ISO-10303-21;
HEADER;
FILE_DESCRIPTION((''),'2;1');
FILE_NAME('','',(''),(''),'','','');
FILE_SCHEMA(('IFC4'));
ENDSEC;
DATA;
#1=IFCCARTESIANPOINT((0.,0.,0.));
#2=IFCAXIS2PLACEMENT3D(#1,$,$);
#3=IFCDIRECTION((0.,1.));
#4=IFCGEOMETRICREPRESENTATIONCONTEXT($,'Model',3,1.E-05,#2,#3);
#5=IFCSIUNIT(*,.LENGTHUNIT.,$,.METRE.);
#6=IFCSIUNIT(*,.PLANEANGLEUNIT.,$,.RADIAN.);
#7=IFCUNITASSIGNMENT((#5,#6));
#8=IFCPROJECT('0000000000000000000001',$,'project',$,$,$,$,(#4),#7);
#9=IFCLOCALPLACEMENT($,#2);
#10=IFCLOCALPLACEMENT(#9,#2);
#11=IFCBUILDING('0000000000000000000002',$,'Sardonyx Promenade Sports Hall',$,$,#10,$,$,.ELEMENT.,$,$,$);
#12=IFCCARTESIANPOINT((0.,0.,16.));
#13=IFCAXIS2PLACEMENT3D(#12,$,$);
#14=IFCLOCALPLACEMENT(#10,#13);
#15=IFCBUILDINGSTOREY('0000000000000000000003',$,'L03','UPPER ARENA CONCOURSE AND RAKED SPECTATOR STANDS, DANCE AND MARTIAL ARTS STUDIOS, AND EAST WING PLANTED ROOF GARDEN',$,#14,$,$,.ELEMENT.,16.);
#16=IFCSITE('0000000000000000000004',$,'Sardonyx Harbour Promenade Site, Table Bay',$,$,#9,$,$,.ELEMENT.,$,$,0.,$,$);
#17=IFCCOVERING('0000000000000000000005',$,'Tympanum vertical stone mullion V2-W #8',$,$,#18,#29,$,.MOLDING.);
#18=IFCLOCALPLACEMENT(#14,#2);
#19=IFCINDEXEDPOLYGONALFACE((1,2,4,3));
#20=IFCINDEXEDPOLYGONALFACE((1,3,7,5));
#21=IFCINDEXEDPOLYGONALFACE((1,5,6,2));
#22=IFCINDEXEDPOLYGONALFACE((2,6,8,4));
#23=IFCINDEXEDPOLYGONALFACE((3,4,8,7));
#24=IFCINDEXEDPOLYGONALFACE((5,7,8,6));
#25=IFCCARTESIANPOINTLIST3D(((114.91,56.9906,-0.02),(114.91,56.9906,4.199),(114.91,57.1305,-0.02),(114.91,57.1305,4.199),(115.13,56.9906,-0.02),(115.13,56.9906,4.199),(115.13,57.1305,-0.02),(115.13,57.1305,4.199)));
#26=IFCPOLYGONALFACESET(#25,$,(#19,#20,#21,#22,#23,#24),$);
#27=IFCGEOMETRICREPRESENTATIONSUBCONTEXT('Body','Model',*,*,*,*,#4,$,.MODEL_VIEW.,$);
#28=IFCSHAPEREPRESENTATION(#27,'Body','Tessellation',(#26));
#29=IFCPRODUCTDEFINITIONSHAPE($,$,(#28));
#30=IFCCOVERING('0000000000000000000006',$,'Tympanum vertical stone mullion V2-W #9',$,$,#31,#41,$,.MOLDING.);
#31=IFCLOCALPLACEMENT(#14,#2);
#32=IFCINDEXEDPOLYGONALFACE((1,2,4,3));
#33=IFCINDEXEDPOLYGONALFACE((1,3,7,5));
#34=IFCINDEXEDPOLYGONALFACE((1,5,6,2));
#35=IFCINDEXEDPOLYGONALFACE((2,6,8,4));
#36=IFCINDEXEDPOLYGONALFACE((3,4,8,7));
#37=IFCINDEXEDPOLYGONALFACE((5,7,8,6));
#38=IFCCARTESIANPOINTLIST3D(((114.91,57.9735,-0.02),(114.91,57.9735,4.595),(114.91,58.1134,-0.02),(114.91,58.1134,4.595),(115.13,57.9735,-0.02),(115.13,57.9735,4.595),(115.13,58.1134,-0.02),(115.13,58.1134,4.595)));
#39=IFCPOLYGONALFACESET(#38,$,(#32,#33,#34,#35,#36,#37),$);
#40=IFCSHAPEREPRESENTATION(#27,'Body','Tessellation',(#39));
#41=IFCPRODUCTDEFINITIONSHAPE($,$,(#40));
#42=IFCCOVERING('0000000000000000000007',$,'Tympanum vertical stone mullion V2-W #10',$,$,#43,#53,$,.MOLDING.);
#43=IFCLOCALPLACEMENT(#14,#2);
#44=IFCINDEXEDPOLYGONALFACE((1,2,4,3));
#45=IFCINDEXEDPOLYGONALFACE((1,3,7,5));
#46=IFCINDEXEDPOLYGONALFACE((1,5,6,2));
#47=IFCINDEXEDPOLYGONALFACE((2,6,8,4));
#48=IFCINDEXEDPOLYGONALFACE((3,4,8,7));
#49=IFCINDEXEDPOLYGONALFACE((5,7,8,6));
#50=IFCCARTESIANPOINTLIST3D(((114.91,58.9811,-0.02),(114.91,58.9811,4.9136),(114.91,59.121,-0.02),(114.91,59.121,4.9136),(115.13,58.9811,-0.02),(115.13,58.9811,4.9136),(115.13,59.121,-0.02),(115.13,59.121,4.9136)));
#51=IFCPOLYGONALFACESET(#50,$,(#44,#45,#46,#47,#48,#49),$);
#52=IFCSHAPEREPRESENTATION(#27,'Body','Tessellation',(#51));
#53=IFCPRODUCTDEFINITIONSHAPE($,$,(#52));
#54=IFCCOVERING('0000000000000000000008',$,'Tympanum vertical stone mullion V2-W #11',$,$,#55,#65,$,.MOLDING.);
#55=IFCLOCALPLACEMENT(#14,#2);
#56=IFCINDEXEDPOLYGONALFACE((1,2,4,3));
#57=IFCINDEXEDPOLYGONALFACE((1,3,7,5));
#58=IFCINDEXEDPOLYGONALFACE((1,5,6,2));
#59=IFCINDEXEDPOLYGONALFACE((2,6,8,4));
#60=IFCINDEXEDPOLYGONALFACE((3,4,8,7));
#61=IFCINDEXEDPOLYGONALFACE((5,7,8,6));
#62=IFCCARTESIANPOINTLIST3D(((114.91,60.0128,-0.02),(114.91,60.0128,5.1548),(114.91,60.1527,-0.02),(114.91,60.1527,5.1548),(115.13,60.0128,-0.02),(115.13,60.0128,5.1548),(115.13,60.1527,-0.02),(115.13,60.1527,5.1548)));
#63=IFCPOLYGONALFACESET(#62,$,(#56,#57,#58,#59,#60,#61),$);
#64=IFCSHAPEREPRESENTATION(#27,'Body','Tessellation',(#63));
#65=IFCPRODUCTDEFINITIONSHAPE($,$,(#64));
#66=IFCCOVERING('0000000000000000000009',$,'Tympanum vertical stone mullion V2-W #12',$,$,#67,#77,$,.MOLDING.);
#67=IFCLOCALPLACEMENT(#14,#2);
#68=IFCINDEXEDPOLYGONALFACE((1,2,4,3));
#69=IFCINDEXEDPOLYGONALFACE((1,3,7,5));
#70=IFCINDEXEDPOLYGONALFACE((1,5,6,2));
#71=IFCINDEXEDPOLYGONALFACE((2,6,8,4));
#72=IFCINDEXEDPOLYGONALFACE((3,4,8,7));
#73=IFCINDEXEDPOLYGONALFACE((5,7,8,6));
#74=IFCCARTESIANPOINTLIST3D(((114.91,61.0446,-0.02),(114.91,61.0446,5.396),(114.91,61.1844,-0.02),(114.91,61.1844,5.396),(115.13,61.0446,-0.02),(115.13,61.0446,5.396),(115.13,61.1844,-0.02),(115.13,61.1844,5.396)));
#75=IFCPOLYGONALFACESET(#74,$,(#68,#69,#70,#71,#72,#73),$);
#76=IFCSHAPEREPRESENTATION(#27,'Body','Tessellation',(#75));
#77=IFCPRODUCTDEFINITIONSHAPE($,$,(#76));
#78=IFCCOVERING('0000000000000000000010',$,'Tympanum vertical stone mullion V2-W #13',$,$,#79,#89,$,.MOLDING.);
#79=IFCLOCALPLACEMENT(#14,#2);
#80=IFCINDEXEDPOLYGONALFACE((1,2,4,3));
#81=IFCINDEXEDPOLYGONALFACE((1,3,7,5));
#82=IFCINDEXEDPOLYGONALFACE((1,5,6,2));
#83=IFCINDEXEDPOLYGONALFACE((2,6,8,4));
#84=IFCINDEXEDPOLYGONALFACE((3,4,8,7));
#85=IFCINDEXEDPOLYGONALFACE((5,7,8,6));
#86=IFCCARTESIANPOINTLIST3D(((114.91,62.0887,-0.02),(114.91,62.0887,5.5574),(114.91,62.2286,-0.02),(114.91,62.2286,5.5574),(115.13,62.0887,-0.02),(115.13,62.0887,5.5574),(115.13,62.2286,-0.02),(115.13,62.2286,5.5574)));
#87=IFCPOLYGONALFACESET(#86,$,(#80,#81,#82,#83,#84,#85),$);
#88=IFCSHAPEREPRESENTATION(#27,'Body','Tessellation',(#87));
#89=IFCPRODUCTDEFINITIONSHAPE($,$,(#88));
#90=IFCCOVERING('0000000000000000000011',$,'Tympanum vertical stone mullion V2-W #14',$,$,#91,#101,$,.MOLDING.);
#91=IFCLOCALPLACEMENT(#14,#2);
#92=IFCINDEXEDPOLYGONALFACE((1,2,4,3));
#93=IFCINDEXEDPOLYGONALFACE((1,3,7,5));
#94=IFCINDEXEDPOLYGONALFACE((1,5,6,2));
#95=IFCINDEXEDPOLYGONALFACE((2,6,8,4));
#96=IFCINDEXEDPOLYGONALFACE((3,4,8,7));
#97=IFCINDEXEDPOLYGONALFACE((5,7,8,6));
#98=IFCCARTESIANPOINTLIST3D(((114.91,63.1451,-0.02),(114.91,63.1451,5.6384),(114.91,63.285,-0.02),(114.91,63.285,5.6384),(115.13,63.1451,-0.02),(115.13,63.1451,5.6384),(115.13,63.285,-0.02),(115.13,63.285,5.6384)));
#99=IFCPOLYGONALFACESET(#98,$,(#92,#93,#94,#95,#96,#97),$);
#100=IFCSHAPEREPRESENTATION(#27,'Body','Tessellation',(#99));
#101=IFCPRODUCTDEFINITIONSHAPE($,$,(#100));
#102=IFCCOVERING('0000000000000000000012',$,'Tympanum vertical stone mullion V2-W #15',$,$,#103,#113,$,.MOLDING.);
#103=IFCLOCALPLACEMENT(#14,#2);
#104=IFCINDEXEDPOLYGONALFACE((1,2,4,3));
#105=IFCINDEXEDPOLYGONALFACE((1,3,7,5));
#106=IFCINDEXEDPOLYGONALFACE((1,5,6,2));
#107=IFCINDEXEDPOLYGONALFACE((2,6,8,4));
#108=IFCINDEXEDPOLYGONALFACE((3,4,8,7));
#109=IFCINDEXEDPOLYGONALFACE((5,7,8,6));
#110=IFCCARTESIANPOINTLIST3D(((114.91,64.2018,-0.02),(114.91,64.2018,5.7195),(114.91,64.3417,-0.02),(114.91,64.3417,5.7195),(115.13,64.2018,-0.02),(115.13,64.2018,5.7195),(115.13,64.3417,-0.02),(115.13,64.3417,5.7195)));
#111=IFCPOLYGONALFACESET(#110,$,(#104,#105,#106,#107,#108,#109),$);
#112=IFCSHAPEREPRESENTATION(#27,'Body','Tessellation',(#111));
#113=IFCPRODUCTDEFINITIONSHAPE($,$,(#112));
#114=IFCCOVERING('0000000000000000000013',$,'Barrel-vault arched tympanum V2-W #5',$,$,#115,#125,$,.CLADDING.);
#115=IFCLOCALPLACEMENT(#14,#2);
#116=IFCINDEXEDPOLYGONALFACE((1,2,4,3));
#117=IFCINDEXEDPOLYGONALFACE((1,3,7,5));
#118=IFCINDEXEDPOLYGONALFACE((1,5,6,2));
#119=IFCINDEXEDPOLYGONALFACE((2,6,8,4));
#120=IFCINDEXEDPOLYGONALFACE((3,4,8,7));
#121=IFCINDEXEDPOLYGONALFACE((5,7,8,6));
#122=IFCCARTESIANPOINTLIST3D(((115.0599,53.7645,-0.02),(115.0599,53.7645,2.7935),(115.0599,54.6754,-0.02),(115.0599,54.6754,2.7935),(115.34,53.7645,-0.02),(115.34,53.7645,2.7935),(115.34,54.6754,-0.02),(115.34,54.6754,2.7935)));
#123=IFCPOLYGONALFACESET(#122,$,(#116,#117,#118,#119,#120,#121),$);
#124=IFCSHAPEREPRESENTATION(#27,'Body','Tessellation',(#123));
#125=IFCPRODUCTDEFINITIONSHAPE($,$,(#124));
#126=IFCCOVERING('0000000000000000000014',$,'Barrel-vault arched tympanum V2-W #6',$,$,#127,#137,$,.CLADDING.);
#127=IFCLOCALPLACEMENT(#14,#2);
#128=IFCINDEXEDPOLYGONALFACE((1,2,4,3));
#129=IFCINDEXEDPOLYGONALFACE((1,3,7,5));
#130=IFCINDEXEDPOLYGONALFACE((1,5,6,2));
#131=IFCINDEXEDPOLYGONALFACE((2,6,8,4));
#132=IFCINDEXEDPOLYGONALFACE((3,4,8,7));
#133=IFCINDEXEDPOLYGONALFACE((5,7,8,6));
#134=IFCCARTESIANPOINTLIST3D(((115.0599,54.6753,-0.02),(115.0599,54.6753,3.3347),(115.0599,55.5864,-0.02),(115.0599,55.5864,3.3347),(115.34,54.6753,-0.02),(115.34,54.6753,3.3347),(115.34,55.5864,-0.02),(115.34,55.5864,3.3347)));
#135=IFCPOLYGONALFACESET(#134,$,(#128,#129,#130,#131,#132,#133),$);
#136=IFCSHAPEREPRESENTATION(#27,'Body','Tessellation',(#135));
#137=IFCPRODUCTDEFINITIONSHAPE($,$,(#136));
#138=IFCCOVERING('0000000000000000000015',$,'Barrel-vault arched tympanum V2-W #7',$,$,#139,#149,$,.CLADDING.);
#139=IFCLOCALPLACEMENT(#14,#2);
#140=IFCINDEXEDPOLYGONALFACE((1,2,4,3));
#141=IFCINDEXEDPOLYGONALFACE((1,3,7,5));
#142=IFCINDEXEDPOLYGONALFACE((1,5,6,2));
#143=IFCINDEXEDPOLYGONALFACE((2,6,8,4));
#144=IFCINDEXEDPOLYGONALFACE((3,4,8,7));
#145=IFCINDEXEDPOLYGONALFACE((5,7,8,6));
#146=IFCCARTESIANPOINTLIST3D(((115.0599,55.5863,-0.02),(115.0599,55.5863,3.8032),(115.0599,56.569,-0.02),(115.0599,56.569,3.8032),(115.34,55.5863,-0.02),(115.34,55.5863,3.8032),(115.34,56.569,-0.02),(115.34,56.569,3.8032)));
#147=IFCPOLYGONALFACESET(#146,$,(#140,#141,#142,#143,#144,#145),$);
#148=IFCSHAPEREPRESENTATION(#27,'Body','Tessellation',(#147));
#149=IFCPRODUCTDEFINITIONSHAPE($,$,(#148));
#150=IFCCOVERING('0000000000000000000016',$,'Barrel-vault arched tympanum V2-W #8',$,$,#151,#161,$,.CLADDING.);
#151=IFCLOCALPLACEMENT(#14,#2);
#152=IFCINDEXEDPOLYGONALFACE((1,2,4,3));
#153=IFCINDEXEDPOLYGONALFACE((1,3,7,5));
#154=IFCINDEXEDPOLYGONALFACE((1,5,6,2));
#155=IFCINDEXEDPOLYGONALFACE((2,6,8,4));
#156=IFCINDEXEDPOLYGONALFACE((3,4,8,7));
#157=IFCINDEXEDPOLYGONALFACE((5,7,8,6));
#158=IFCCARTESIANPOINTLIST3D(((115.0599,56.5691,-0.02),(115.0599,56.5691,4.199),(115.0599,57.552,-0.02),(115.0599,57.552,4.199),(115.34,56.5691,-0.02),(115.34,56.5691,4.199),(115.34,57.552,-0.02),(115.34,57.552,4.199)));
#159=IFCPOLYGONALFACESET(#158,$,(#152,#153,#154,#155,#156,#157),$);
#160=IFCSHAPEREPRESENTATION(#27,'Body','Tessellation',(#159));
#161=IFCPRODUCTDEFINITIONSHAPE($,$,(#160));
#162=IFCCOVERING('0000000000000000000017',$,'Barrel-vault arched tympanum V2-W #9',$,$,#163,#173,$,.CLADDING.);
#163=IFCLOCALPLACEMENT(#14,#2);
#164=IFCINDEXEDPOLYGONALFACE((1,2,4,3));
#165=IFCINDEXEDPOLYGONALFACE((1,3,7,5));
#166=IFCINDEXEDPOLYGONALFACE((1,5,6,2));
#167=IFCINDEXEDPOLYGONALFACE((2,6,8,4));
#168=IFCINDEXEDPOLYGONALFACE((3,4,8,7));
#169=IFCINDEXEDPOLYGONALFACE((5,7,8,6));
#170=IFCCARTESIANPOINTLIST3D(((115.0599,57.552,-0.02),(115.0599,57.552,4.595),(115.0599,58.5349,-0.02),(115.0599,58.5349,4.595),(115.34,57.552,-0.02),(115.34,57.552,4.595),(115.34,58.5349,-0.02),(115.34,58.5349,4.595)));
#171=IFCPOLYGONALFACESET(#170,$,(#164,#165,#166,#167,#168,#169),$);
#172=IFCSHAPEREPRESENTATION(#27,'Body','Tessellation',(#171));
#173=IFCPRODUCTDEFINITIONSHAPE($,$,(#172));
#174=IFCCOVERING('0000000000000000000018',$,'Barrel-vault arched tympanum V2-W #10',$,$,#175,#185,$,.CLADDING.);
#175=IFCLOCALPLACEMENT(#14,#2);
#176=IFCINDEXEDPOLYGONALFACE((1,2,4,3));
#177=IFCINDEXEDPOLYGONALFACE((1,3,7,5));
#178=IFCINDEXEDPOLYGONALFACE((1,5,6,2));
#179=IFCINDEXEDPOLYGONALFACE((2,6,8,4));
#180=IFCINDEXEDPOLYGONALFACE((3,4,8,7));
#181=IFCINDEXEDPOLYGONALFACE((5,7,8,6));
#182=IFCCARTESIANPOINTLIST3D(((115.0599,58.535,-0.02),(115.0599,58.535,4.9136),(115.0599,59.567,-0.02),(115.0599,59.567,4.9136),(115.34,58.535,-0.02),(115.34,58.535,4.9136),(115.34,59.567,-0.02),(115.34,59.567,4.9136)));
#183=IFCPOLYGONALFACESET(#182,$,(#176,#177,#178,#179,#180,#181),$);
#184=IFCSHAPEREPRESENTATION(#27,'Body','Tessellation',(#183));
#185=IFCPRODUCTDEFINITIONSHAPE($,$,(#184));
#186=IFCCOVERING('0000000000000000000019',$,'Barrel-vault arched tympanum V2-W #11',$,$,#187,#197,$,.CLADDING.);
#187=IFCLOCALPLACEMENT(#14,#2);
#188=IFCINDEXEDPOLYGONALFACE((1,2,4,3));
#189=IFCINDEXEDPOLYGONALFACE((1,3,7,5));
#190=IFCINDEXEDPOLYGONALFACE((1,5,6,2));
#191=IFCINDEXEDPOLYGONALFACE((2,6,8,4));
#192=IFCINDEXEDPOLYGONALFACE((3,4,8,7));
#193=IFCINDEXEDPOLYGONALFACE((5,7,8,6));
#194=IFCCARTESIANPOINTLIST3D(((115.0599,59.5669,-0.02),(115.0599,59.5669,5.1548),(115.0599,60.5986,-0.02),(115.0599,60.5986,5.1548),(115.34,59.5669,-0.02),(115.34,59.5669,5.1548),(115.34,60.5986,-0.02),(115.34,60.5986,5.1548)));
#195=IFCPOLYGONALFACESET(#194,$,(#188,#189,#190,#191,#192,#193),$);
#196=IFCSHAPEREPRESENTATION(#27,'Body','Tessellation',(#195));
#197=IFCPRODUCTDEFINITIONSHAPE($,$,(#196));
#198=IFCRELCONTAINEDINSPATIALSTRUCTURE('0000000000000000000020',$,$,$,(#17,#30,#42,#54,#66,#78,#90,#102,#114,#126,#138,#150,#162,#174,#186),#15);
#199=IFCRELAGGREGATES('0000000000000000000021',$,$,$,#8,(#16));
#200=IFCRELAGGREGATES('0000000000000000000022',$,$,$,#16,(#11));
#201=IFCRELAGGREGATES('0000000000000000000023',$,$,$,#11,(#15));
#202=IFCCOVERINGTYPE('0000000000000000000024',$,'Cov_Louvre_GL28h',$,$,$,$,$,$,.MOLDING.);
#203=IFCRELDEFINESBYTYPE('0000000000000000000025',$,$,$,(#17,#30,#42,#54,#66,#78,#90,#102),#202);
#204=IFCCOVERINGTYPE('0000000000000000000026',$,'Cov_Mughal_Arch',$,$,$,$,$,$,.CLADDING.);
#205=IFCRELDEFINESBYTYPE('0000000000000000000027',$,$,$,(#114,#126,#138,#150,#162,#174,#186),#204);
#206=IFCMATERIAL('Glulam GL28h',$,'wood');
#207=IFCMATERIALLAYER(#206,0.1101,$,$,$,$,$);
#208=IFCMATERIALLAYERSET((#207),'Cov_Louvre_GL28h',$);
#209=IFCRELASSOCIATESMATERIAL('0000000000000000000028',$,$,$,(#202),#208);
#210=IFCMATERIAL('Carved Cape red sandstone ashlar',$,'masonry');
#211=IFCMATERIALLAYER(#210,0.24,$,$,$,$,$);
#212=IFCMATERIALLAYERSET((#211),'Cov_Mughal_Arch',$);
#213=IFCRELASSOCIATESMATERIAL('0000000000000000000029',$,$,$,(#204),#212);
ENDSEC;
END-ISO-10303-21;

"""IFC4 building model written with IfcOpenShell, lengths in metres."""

from ifc_helpers import new_model, si_unit, direction, frame, frame_2d, origin, origin_2d, place, context, subcontext, project, spatial, rectangle, extrude, material, layer, layer_set, type_object, element, save


model = new_model("IFC4")

# Units and contexts
model_context = context("Model", 3, precision=1e-05, world=origin(), true_north=direction((0.0, 1.0)))
body_context = subcontext(model_context, "Body", "Model", "MODEL_VIEW")
ifc_project = project(units=[si_unit("LENGTHUNIT", "METRE"), si_unit("PLANEANGLEUNIT", "RADIAN")], contexts=[model_context])

# Site, building, storey
site_placement = place(None, origin())
site = spatial("IfcSite", under=ifc_project, at=site_placement, Name="Sardonyx Harbour Promenade Site, Table Bay", CompositionType="ELEMENT", RefElevation=0.0)
building_placement = place(site_placement, origin())
building = spatial("IfcBuilding", under=site, at=building_placement, Name="Sardonyx Promenade Sports Hall", CompositionType="ELEMENT")
storey_placement = place(building_placement, frame((0.0, 0.0, 16.0)))
storey = spatial("IfcBuildingStorey", under=building, at=storey_placement, Name="L03", Description="UPPER ARENA CONCOURSE AND RAKED SPECTATOR STANDS, DANCE AND MARTIAL ARTS STUDIOS, AND EAST WING PLANTED ROOF GARDEN", CompositionType="ELEMENT", Elevation=16.0)

# Coverings
ifc_material_1 = material(Name="Glulam GL28h", Category="wood")
ifc_layer_1 = layer(ifc_material_1, 0.1101)
ifc_layer_set_1 = layer_set([ifc_layer_1], Name="Cov_Louvre_GL28h")
covering_type_1 = type_object("IfcCoveringType", Name="Cov_Louvre_GL28h", PredefinedType="MOLDING", material=ifc_layer_set_1)
covering_1_placement = place(storey_placement, frame((115.02, 57.0605, -0.02), z_axis=(0.0, 0.0, 1.0), x_axis=(1.0, 0.0, 0.0)))
element("IfcCovering", 1, at=covering_1_placement, inside=storey, type_object=covering_type_1, Name="Tympanum vertical stone mullion V2-W #8", PredefinedType="MOLDING", context=body_context, shape_type="SweptSolid", body=[
    extrude(rectangle(XDim=0.22, YDim=0.1399, at=origin_2d()), origin(), (0.0, 0.0, 1.0), 4.219),
])
covering_2_placement = place(storey_placement, frame((115.02, 58.0435, -0.02), z_axis=(0.0, 0.0, 1.0), x_axis=(1.0, 0.0, 0.0)))
element("IfcCovering", 2, at=covering_2_placement, inside=storey, type_object=covering_type_1, Name="Tympanum vertical stone mullion V2-W #9", PredefinedType="MOLDING", context=body_context, shape_type="SweptSolid", body=[
    extrude(rectangle(XDim=0.22, YDim=0.1399, at=origin_2d()), origin(), (0.0, 0.0, 1.0), 4.615),
])
covering_3_placement = place(storey_placement, frame((115.02, 59.051, -0.02), z_axis=(0.0, 0.0, 1.0), x_axis=(1.0, 0.0, 0.0)))
element("IfcCovering", 3, at=covering_3_placement, inside=storey, type_object=covering_type_1, Name="Tympanum vertical stone mullion V2-W #10", PredefinedType="MOLDING", context=body_context, shape_type="SweptSolid", body=[
    extrude(rectangle(XDim=0.22, YDim=0.1399, at=origin_2d()), origin(), (0.0, 0.0, 1.0), 4.9336),
])
covering_4_placement = place(storey_placement, frame((115.02, 60.0828, -0.02), z_axis=(0.0, 0.0, 1.0), x_axis=(1.0, 0.0, 0.0)))
element("IfcCovering", 4, at=covering_4_placement, inside=storey, type_object=covering_type_1, Name="Tympanum vertical stone mullion V2-W #11", PredefinedType="MOLDING", context=body_context, shape_type="SweptSolid", body=[
    extrude(rectangle(XDim=0.22, YDim=0.1399, at=origin_2d()), origin(), (0.0, 0.0, 1.0), 5.1748),
])
covering_5_placement = place(storey_placement, frame((115.02, 61.1145, -0.02), z_axis=(0.0, 0.0, 1.0), x_axis=(1.0, 0.0, 0.0)))
element("IfcCovering", 5, at=covering_5_placement, inside=storey, type_object=covering_type_1, Name="Tympanum vertical stone mullion V2-W #12", PredefinedType="MOLDING", context=body_context, shape_type="SweptSolid", body=[
    extrude(rectangle(XDim=0.22, YDim=0.1399, at=origin_2d()), origin(), (0.0, 0.0, 1.0), 5.416),
])
covering_6_placement = place(storey_placement, frame((115.02, 62.1587, -0.02), z_axis=(0.0, 0.0, 1.0), x_axis=(1.0, 0.0, 0.0)))
element("IfcCovering", 6, at=covering_6_placement, inside=storey, type_object=covering_type_1, Name="Tympanum vertical stone mullion V2-W #13", PredefinedType="MOLDING", context=body_context, shape_type="SweptSolid", body=[
    extrude(rectangle(XDim=0.22, YDim=0.1399, at=origin_2d()), origin(), (0.0, 0.0, 1.0), 5.5774),
])
covering_7_placement = place(storey_placement, frame((115.02, 63.2151, -0.02), z_axis=(0.0, 0.0, 1.0), x_axis=(1.0, 0.0, 0.0)))
element("IfcCovering", 7, at=covering_7_placement, inside=storey, type_object=covering_type_1, Name="Tympanum vertical stone mullion V2-W #14", PredefinedType="MOLDING", context=body_context, shape_type="SweptSolid", body=[
    extrude(rectangle(XDim=0.22, YDim=0.1399, at=origin_2d()), origin(), (0.0, 0.0, 1.0), 5.6584),
])
covering_8_placement = place(storey_placement, frame((115.02, 64.2717, -0.02), z_axis=(0.0, 0.0, 1.0), x_axis=(1.0, 0.0, 0.0)))
element("IfcCovering", 8, at=covering_8_placement, inside=storey, type_object=covering_type_1, Name="Tympanum vertical stone mullion V2-W #15", PredefinedType="MOLDING", context=body_context, shape_type="SweptSolid", body=[
    extrude(rectangle(XDim=0.22, YDim=0.1399, at=origin_2d()), origin(), (0.0, 0.0, 1.0), 5.7395),
])
ifc_material_2 = material(Name="Carved Cape red sandstone ashlar", Category="masonry")
ifc_layer_2 = layer(ifc_material_2, 0.24)
ifc_layer_set_2 = layer_set([ifc_layer_2], Name="Cov_Mughal_Arch")
covering_type_2 = type_object("IfcCoveringType", Name="Cov_Mughal_Arch", PredefinedType="CLADDING", material=ifc_layer_set_2)
covering_9_placement = place(storey_placement, frame((115.2, 53.7644, -0.02), z_axis=(0.0, 0.0, 1.0), x_axis=(0.0, 1.0, 0.0)))
element("IfcCovering", 9, at=covering_9_placement, inside=storey, type_object=covering_type_2, Name="Barrel-vault arched tympanum V2-W #5", PredefinedType="CLADDING", context=body_context, shape_type="SweptSolid", body=[
    extrude(rectangle(XDim=0.9109, YDim=0.28, at=frame_2d((0.4556, 0.0))), origin(), (0.0, 0.0, 1.0), 2.8135),
])
covering_10_placement = place(storey_placement, frame((115.2, 54.6753, -0.02), z_axis=(0.0, 0.0, 1.0), x_axis=(0.0, 1.0, 0.0)))
element("IfcCovering", 10, at=covering_10_placement, inside=storey, type_object=covering_type_2, Name="Barrel-vault arched tympanum V2-W #6", PredefinedType="CLADDING", context=body_context, shape_type="SweptSolid", body=[
    extrude(rectangle(XDim=0.9111, YDim=0.28, at=frame_2d((0.4556, 0.0))), origin(), (0.0, 0.0, 1.0), 3.3547),
])
covering_11_placement = place(storey_placement, frame((115.2, 55.5864, -0.02), z_axis=(0.0, 0.0, 1.0), x_axis=(0.0, 1.0, 0.0)))
element("IfcCovering", 11, at=covering_11_placement, inside=storey, type_object=covering_type_2, Name="Barrel-vault arched tympanum V2-W #7", PredefinedType="CLADDING", context=body_context, shape_type="SweptSolid", body=[
    extrude(rectangle(XDim=0.9827, YDim=0.28, at=frame_2d((0.4912, 0.0))), origin(), (0.0, 0.0, 1.0), 3.8232),
])
covering_12_placement = place(storey_placement, frame((115.2, 56.5691, -0.02), z_axis=(0.0, 0.0, 1.0), x_axis=(0.0, 1.0, 0.0)))
element("IfcCovering", 12, at=covering_12_placement, inside=storey, type_object=covering_type_2, Name="Barrel-vault arched tympanum V2-W #8", PredefinedType="CLADDING", context=body_context, shape_type="SweptSolid", body=[
    extrude(rectangle(XDim=0.9829, YDim=0.28, at=frame_2d((0.4915, 0.0))), origin(), (0.0, 0.0, 1.0), 4.219),
])
covering_13_placement = place(storey_placement, frame((115.2, 57.552, -0.02), z_axis=(0.0, 0.0, 1.0), x_axis=(0.0, 1.0, 0.0)))
element("IfcCovering", 13, at=covering_13_placement, inside=storey, type_object=covering_type_2, Name="Barrel-vault arched tympanum V2-W #9", PredefinedType="CLADDING", context=body_context, shape_type="SweptSolid", body=[
    extrude(rectangle(XDim=0.9829, YDim=0.28, at=frame_2d((0.4915, 0.0))), origin(), (0.0, 0.0, 1.0), 4.615),
])
covering_14_placement = place(storey_placement, frame((115.2, 58.5349, -0.02), z_axis=(0.0, 0.0, 1.0), x_axis=(0.0, 1.0, 0.0)))
element("IfcCovering", 14, at=covering_14_placement, inside=storey, type_object=covering_type_2, Name="Barrel-vault arched tympanum V2-W #10", PredefinedType="CLADDING", context=body_context, shape_type="SweptSolid", body=[
    extrude(rectangle(XDim=1.032, YDim=0.28, at=frame_2d((0.5161, 0.0))), origin(), (0.0, 0.0, 1.0), 4.9336),
])
covering_15_placement = place(storey_placement, frame((115.2, 59.5669, -0.02), z_axis=(0.0, 0.0, 1.0), x_axis=(0.0, 1.0, 0.0)))
element("IfcCovering", 15, at=covering_15_placement, inside=storey, type_object=covering_type_2, Name="Barrel-vault arched tympanum V2-W #11", PredefinedType="CLADDING", context=body_context, shape_type="SweptSolid", body=[
    extrude(rectangle(XDim=1.0317, YDim=0.28, at=frame_2d((0.5159, 0.0))), origin(), (0.0, 0.0, 1.0), 5.1748),
])

save(model, "model.ifc")
